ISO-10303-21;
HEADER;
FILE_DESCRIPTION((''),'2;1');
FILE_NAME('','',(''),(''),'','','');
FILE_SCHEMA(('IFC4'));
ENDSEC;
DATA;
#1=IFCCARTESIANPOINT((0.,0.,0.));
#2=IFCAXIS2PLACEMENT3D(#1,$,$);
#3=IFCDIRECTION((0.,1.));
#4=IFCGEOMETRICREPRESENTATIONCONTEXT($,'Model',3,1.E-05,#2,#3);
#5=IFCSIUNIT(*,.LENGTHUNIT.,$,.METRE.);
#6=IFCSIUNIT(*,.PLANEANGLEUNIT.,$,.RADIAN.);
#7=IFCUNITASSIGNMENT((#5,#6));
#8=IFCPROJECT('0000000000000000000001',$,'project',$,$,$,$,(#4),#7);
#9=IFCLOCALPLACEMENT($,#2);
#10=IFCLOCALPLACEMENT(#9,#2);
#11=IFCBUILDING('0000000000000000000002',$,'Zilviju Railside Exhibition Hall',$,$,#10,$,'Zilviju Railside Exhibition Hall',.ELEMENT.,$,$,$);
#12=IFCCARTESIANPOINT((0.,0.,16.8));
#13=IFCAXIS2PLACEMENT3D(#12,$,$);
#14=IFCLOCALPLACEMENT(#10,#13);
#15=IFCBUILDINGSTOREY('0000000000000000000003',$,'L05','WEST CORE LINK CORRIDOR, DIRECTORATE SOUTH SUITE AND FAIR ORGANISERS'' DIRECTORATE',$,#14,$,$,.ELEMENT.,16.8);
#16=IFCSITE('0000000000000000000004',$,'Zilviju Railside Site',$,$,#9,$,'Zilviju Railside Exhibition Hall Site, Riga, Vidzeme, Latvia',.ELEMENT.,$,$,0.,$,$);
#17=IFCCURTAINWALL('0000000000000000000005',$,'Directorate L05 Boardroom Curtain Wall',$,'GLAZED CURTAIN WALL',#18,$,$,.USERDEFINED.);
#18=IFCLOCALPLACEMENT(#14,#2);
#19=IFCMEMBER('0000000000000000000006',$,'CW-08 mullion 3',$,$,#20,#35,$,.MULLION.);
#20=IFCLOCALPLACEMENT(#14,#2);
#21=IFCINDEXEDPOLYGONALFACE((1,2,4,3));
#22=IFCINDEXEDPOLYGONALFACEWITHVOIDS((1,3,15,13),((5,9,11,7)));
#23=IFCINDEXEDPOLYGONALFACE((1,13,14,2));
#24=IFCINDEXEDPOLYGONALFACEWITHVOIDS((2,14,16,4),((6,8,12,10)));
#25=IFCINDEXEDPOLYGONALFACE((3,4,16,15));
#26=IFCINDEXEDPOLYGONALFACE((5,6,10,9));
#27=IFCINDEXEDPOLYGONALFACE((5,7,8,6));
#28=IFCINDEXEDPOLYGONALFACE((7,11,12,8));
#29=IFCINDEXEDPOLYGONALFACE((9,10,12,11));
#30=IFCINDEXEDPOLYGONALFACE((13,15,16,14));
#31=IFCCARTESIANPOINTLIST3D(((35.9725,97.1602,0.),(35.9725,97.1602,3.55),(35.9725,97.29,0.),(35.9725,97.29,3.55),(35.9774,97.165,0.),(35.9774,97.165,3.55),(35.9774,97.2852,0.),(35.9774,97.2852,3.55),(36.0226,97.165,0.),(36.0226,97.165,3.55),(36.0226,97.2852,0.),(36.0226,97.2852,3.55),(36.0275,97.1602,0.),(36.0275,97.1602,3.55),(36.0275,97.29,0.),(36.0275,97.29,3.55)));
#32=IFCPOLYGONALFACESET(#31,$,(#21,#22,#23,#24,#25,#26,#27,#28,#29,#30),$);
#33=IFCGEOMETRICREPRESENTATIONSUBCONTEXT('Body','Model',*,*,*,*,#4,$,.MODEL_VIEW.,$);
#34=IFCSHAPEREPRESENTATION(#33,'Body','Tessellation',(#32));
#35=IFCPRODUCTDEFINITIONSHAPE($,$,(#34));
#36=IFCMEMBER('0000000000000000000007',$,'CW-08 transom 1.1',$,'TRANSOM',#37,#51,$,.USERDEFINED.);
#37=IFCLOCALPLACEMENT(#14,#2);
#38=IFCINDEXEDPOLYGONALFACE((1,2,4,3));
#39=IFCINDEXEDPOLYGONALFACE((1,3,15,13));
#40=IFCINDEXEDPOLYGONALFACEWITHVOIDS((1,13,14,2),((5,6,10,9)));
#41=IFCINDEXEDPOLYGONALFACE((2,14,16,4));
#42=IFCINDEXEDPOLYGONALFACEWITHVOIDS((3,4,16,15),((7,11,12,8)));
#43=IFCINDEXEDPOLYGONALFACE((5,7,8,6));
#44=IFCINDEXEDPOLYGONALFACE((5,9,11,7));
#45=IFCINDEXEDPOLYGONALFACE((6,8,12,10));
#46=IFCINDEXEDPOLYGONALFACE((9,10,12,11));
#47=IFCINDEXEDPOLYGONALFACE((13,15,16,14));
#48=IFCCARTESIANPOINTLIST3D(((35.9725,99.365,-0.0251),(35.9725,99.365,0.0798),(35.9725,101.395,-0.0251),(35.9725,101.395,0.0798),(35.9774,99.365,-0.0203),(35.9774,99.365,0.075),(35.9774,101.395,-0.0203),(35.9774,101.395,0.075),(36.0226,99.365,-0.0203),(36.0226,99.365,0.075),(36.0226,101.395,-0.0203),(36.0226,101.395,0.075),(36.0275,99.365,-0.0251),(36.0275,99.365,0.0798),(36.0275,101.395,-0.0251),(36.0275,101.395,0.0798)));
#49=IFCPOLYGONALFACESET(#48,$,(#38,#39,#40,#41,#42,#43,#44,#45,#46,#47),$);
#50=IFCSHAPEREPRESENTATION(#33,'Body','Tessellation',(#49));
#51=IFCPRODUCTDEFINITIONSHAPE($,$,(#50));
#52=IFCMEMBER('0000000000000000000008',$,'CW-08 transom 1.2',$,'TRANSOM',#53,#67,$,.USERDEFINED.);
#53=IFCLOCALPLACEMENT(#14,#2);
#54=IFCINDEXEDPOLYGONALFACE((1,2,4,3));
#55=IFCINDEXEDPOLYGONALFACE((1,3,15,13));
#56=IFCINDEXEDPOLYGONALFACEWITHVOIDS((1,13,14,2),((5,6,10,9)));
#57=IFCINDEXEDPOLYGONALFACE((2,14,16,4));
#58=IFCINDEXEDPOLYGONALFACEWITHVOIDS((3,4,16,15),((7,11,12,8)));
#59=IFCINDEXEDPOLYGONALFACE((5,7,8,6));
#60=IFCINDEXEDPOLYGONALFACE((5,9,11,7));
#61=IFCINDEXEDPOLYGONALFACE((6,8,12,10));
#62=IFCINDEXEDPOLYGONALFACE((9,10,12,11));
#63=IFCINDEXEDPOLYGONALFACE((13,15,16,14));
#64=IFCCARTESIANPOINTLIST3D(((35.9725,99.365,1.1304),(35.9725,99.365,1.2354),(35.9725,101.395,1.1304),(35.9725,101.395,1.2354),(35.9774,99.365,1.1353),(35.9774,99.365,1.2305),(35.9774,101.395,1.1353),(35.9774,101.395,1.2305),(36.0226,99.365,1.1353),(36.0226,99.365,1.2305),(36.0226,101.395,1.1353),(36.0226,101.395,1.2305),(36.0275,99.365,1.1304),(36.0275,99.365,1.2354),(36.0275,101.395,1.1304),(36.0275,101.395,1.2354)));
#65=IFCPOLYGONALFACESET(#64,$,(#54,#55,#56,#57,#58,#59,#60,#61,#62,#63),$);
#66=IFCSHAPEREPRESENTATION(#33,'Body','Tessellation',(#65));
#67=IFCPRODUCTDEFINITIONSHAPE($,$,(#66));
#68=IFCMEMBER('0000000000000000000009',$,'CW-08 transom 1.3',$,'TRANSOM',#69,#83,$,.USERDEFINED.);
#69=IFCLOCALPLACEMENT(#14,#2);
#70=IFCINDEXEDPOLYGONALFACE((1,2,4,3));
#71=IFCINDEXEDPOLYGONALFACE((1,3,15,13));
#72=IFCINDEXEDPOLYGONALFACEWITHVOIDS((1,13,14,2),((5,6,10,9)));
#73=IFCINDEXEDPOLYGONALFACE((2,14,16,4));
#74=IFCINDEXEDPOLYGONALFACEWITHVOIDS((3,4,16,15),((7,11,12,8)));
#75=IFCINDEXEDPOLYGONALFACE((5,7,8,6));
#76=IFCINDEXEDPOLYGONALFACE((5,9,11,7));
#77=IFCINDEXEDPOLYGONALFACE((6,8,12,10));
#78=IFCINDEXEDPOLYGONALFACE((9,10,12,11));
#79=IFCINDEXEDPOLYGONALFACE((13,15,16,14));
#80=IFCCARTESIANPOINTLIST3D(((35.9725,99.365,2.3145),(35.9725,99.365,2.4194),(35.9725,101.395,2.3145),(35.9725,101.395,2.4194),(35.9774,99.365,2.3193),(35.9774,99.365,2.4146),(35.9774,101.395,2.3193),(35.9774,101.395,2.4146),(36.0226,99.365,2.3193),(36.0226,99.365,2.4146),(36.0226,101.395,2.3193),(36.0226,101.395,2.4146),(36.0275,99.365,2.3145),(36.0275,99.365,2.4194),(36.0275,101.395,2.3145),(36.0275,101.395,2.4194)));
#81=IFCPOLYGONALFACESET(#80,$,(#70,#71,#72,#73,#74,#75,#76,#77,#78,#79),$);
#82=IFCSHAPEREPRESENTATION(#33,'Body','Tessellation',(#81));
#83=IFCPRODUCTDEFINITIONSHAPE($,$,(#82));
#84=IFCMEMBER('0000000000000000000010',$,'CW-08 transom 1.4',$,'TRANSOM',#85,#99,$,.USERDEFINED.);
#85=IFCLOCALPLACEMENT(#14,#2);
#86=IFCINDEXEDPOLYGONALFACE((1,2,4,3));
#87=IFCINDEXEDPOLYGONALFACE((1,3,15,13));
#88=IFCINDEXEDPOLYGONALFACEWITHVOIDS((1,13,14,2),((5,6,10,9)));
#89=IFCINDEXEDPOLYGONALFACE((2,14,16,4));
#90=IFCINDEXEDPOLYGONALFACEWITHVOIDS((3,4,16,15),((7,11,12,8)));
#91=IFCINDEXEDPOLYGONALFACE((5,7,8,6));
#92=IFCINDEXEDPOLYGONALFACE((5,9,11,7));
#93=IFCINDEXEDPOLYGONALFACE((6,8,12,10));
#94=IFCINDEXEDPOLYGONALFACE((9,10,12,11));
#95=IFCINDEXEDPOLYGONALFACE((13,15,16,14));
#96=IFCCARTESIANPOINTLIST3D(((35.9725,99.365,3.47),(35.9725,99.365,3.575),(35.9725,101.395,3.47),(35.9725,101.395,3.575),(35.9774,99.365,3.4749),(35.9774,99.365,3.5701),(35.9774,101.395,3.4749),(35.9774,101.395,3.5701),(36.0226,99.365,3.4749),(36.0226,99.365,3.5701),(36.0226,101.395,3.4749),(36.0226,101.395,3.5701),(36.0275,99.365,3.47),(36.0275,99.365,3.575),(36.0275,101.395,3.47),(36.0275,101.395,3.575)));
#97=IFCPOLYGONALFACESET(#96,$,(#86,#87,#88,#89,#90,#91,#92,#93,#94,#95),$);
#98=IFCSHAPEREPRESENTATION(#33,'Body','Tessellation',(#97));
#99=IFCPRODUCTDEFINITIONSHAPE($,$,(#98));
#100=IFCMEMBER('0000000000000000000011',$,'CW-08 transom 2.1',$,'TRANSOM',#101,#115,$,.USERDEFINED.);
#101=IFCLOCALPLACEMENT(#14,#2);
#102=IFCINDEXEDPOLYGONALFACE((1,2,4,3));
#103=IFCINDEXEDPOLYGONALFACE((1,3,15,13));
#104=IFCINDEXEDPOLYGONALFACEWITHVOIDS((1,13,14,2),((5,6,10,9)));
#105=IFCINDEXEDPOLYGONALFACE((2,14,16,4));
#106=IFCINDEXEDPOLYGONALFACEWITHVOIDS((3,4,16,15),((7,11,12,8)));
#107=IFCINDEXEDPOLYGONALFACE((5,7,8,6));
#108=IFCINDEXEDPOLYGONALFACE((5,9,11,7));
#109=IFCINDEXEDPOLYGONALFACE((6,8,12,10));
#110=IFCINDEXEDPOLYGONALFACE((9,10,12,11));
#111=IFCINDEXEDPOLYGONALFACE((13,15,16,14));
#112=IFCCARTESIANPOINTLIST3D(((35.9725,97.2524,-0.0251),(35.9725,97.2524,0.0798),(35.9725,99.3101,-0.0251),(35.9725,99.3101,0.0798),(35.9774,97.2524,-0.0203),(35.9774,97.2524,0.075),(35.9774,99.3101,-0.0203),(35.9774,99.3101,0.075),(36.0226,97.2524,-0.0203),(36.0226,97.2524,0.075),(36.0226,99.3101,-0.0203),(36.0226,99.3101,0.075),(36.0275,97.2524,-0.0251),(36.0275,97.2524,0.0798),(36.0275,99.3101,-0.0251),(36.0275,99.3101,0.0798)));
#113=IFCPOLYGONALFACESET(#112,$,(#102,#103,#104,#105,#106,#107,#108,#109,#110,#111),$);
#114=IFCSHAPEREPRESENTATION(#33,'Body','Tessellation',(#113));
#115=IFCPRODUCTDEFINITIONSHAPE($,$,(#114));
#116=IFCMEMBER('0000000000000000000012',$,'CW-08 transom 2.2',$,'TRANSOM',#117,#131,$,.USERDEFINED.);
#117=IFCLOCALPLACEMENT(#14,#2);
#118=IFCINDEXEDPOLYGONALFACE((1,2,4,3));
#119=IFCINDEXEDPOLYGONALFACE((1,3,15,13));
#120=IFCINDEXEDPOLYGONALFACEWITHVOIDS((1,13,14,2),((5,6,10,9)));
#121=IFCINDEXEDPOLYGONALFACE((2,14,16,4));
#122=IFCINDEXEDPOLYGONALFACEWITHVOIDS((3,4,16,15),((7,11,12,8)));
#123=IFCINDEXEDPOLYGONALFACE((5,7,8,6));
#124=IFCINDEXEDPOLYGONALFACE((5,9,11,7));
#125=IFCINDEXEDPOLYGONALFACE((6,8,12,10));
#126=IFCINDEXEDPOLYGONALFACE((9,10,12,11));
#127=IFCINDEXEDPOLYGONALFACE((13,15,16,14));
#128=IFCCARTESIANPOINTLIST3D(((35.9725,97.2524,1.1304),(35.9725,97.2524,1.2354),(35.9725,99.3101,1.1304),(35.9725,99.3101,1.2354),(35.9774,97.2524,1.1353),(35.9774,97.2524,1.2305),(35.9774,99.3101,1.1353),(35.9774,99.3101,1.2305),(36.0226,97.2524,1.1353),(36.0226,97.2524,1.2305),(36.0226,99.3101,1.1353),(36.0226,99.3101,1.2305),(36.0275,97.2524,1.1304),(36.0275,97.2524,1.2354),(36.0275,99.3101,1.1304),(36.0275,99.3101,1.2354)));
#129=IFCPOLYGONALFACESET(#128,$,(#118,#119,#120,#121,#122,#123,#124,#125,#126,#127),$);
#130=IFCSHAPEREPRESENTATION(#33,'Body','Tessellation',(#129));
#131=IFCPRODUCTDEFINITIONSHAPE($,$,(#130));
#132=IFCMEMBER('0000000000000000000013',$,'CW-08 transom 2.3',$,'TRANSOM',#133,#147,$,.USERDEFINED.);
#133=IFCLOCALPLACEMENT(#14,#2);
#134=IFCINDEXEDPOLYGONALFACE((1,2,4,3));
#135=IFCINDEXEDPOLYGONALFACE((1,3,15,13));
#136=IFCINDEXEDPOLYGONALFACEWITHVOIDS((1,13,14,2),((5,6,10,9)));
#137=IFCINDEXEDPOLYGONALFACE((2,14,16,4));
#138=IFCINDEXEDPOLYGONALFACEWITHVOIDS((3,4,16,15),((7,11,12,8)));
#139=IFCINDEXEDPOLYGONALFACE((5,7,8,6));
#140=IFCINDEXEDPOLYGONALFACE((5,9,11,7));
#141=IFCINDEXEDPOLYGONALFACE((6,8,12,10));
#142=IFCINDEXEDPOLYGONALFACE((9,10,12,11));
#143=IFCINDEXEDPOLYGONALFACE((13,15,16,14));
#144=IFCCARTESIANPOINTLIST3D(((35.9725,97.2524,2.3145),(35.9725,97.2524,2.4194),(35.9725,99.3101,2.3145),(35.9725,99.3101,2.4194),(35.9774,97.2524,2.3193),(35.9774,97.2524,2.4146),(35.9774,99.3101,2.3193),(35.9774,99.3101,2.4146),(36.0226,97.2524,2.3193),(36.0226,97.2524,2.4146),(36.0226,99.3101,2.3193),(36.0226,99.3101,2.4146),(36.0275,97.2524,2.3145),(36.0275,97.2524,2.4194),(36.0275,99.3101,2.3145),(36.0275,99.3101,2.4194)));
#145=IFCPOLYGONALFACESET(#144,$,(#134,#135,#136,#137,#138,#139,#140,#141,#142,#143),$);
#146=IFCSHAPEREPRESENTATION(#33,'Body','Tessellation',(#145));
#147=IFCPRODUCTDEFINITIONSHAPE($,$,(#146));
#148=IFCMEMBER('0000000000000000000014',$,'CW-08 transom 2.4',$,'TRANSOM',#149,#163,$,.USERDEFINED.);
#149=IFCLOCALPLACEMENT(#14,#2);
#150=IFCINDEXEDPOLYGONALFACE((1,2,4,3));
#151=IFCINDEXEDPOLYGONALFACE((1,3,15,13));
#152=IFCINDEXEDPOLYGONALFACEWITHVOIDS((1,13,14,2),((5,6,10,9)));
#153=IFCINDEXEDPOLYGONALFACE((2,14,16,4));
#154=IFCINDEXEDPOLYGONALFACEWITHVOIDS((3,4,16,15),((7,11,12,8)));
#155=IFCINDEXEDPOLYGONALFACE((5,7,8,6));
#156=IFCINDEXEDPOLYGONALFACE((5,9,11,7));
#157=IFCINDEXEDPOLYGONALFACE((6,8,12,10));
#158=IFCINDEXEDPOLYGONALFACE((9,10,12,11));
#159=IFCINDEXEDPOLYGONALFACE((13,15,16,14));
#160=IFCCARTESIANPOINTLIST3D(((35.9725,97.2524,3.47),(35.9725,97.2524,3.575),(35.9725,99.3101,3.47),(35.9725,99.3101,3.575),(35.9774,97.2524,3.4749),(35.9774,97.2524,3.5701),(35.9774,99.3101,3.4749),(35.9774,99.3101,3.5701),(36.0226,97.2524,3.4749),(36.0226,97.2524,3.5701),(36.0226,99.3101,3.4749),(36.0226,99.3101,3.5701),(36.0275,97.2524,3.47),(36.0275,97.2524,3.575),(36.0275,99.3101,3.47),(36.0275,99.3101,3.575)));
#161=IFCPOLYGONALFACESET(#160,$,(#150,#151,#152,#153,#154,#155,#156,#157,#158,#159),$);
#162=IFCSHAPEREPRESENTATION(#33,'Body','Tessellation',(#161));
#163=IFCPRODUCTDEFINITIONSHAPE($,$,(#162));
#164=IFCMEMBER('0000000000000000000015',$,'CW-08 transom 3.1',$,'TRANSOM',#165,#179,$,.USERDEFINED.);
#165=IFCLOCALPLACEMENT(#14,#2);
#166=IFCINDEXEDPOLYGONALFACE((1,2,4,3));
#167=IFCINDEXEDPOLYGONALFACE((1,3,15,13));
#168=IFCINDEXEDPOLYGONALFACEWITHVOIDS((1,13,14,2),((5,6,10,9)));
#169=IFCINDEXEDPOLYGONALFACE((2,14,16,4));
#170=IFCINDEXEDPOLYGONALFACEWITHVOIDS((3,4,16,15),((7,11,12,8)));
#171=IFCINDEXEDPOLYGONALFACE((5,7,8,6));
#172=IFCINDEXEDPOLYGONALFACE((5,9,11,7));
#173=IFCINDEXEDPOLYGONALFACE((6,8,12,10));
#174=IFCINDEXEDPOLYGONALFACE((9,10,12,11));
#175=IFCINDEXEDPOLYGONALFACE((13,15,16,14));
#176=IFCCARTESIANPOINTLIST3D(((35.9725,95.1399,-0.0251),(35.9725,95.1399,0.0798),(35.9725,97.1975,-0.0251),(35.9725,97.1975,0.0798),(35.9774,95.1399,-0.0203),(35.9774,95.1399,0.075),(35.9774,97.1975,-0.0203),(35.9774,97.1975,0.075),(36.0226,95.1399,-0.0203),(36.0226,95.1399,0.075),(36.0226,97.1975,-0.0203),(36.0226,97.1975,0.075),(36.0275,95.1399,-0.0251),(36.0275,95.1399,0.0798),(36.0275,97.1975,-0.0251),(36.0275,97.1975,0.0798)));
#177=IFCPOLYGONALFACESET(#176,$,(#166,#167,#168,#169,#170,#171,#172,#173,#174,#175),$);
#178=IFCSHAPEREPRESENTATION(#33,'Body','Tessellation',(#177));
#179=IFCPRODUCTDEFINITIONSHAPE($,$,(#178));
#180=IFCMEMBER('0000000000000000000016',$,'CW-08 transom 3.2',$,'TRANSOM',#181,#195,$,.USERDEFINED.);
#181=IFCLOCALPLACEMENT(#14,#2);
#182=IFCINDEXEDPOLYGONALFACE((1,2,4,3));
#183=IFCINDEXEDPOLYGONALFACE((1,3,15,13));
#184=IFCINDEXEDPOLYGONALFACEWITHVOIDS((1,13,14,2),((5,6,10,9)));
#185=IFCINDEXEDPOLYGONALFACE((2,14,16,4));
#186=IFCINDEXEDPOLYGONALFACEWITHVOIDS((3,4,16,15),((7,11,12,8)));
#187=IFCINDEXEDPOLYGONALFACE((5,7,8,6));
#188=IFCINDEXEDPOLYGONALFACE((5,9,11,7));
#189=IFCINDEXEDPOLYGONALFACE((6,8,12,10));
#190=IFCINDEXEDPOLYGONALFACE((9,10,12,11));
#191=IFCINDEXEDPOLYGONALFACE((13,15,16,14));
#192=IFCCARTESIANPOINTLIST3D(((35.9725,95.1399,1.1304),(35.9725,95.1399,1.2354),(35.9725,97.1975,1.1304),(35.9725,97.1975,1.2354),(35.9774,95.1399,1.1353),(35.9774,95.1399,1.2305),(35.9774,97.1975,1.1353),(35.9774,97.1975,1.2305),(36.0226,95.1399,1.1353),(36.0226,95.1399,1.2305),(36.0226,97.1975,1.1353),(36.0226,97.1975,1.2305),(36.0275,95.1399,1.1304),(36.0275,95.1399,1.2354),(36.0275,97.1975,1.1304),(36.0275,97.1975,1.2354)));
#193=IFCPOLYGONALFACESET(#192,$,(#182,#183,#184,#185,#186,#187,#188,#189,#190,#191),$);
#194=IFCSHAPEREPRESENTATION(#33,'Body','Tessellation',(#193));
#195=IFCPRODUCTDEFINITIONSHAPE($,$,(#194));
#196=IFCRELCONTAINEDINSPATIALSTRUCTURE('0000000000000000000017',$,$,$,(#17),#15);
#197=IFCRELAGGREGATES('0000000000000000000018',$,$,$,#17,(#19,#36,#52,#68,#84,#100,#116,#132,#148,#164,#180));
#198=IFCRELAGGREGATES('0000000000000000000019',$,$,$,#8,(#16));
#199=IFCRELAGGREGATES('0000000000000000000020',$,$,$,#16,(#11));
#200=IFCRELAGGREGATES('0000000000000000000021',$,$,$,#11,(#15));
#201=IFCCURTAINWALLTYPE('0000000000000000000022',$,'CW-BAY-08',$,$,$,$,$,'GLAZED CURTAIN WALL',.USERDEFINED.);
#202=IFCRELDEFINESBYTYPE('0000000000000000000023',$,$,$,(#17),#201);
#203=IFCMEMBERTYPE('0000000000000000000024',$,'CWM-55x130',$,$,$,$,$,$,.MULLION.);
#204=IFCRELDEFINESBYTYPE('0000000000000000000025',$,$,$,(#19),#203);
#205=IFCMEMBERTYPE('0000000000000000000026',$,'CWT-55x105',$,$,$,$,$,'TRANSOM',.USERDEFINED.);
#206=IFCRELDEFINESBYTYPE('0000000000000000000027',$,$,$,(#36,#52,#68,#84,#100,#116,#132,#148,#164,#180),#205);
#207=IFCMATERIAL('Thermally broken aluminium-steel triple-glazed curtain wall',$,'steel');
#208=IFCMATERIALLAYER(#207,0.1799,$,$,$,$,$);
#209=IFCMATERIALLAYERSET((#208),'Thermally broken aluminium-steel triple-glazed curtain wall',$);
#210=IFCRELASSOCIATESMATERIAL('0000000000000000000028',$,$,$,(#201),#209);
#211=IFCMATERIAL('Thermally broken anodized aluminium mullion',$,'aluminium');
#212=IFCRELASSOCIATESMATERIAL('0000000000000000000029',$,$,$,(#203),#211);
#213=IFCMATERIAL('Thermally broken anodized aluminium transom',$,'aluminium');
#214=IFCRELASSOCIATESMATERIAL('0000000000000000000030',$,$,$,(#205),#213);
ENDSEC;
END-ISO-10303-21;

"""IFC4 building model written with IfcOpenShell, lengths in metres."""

from ifc_helpers import new_model, si_unit, direction, frame, origin, origin_2d, place, context, subcontext, project, spatial, hollow_rectangle, extrude, material, layer, layer_set, material_profile, profile_set, type_object, element, aggregate, save


model = new_model("IFC4")

# Units and contexts
model_context = context("Model", 3, precision=1e-05, world=origin(), true_north=direction((0.0, 1.0)))
body_context = subcontext(model_context, "Body", "Model", "MODEL_VIEW")
ifc_project = project(units=[si_unit("LENGTHUNIT", "METRE"), si_unit("PLANEANGLEUNIT", "RADIAN")], contexts=[model_context])

# Site, building, storey
site_placement = place(None, origin())
site = spatial("IfcSite", under=ifc_project, at=site_placement, Name="Zilviju Railside Site", LongName="Zilviju Railside Exhibition Hall Site, Riga, Vidzeme, Latvia", CompositionType="ELEMENT", RefElevation=0.0)
building_placement = place(site_placement, origin())
building = spatial("IfcBuilding", under=site, at=building_placement, Name="Zilviju Railside Exhibition Hall", LongName="Zilviju Railside Exhibition Hall", CompositionType="ELEMENT")
storey_placement = place(building_placement, frame((0.0, 0.0, 16.8)))
storey = spatial("IfcBuildingStorey", under=building, at=storey_placement, Name="L05", Description="WEST CORE LINK CORRIDOR, DIRECTORATE SOUTH SUITE AND FAIR ORGANISERS' DIRECTORATE", CompositionType="ELEMENT", Elevation=16.8)

# Curtain wall, members
ifc_material_1 = material(Name="Thermally broken aluminium-steel triple-glazed curtain wall", Category="steel")
ifc_layer_1 = layer(ifc_material_1, 0.1799)
ifc_layer_set_1 = layer_set([ifc_layer_1], Name="Thermally broken aluminium-steel triple-glazed curtain wall")
curtain_wall_type = type_object("IfcCurtainWallType", Name="CW-BAY-08", ElementType="GLAZED CURTAIN WALL", PredefinedType="USERDEFINED", material=ifc_layer_set_1)
curtain_wall_placement = place(storey_placement, origin())
curtain_wall = element("IfcCurtainWall", 1, at=curtain_wall_placement, inside=storey, type_object=curtain_wall_type, Name="Directorate L05 Boardroom Curtain Wall", ObjectType="GLAZED CURTAIN WALL", PredefinedType="USERDEFINED")
ifc_material_2 = material(Name="Thermally broken anodized aluminium mullion", Category="aluminium")
ifc_material_profile_1 = material_profile(ifc_material_2, hollow_rectangle(XDim=0.0549, YDim=0.1299, WallThickness=0.0049, at=origin_2d()), Name="MULLION 130x55x5")
ifc_profile_set_1 = profile_set([ifc_material_profile_1], Name="Thermally broken anodized aluminium mullion")
member_type_1 = type_object("IfcMemberType", Name="CWM-55x130", PredefinedType="MULLION", material=ifc_profile_set_1)
member_1_placement = place(storey_placement, frame((36.0, 97.2251, 0.0), z_axis=(0.0, 0.0, 1.0), x_axis=(1.0, 0.0, 0.0)))
member_1 = element("IfcMember", 2, at=member_1_placement, type_object=member_type_1, Name="CW-08 mullion 3", PredefinedType="MULLION", context=body_context, shape_type="SweptSolid", body=[
    extrude(hollow_rectangle(XDim=0.0549, YDim=0.1299, WallThickness=0.0049, at=origin_2d()), origin(), (0.0, 0.0, 1.0), 3.55),
])
ifc_material_3 = material(Name="Thermally broken anodized aluminium transom", Category="aluminium")
ifc_material_profile_2 = material_profile(ifc_material_3, hollow_rectangle(XDim=0.0549, YDim=0.105, WallThickness=0.0049, at=origin_2d()), Name="TRANSOM 105x55x5")
ifc_profile_set_2 = profile_set([ifc_material_profile_2], Name="Thermally broken anodized aluminium transom")
member_type_2 = type_object("IfcMemberType", Name="CWT-55x105", ElementType="TRANSOM", PredefinedType="USERDEFINED", material=ifc_profile_set_2)
member_2_placement = place(storey_placement, frame((36.0, 101.395, 0.0273), z_axis=(0.0, -1.0, 0.0), x_axis=(1.0, 0.0, 0.0)))
member_2 = element("IfcMember", 3, at=member_2_placement, type_object=member_type_2, Name="CW-08 transom 1.1", ObjectType="TRANSOM", PredefinedType="USERDEFINED", context=body_context, shape_type="SweptSolid", body=[
    extrude(hollow_rectangle(XDim=0.0549, YDim=0.105, WallThickness=0.0049, at=origin_2d()), origin(), (0.0, 0.0, 1.0), 2.03),
])
member_3_placement = place(storey_placement, frame((36.0, 101.395, 1.1829), z_axis=(0.0, -1.0, 0.0), x_axis=(1.0, 0.0, 0.0)))
member_3 = element("IfcMember", 4, at=member_3_placement, type_object=member_type_2, Name="CW-08 transom 1.2", ObjectType="TRANSOM", PredefinedType="USERDEFINED", context=body_context, shape_type="SweptSolid", body=[
    extrude(hollow_rectangle(XDim=0.0549, YDim=0.105, WallThickness=0.0049, at=origin_2d()), origin(), (0.0, 0.0, 1.0), 2.03),
])
member_4_placement = place(storey_placement, frame((36.0, 101.395, 2.3669), z_axis=(0.0, -1.0, 0.0), x_axis=(1.0, 0.0, 0.0)))
member_4 = element("IfcMember", 5, at=member_4_placement, type_object=member_type_2, Name="CW-08 transom 1.3", ObjectType="TRANSOM", PredefinedType="USERDEFINED", context=body_context, shape_type="SweptSolid", body=[
    extrude(hollow_rectangle(XDim=0.0549, YDim=0.105, WallThickness=0.0049, at=origin_2d()), origin(), (0.0, 0.0, 1.0), 2.03),
])
member_5_placement = place(storey_placement, frame((36.0, 101.395, 3.5225), z_axis=(0.0, -1.0, 0.0), x_axis=(1.0, 0.0, 0.0)))
member_5 = element("IfcMember", 6, at=member_5_placement, type_object=member_type_2, Name="CW-08 transom 1.4", ObjectType="TRANSOM", PredefinedType="USERDEFINED", context=body_context, shape_type="SweptSolid", body=[
    extrude(hollow_rectangle(XDim=0.0549, YDim=0.105, WallThickness=0.0049, at=origin_2d()), origin(), (0.0, 0.0, 1.0), 2.03),
])
member_6_placement = place(storey_placement, frame((36.0, 99.3101, 0.0273), z_axis=(0.0, -1.0, 0.0), x_axis=(1.0, 0.0, 0.0)))
member_6 = element("IfcMember", 7, at=member_6_placement, type_object=member_type_2, Name="CW-08 transom 2.1", ObjectType="TRANSOM", PredefinedType="USERDEFINED", context=body_context, shape_type="SweptSolid", body=[
    extrude(hollow_rectangle(XDim=0.0549, YDim=0.105, WallThickness=0.0049, at=origin_2d()), origin(), (0.0, 0.0, 1.0), 2.0576),
])
member_7_placement = place(storey_placement, frame((36.0, 99.3101, 1.1829), z_axis=(0.0, -1.0, 0.0), x_axis=(1.0, 0.0, 0.0)))
member_7 = element("IfcMember", 8, at=member_7_placement, type_object=member_type_2, Name="CW-08 transom 2.2", ObjectType="TRANSOM", PredefinedType="USERDEFINED", context=body_context, shape_type="SweptSolid", body=[
    extrude(hollow_rectangle(XDim=0.0549, YDim=0.105, WallThickness=0.0049, at=origin_2d()), origin(), (0.0, 0.0, 1.0), 2.0576),
])
member_8_placement = place(storey_placement, frame((36.0, 99.3101, 2.3669), z_axis=(0.0, -1.0, 0.0), x_axis=(1.0, 0.0, 0.0)))
member_8 = element("IfcMember", 9, at=member_8_placement, type_object=member_type_2, Name="CW-08 transom 2.3", ObjectType="TRANSOM", PredefinedType="USERDEFINED", context=body_context, shape_type="SweptSolid", body=[
    extrude(hollow_rectangle(XDim=0.0549, YDim=0.105, WallThickness=0.0049, at=origin_2d()), origin(), (0.0, 0.0, 1.0), 2.0576),
])
member_9_placement = place(storey_placement, frame((36.0, 99.3101, 3.5225), z_axis=(0.0, -1.0, 0.0), x_axis=(1.0, 0.0, 0.0)))
member_9 = element("IfcMember", 10, at=member_9_placement, type_object=member_type_2, Name="CW-08 transom 2.4", ObjectType="TRANSOM", PredefinedType="USERDEFINED", context=body_context, shape_type="SweptSolid", body=[
    extrude(hollow_rectangle(XDim=0.0549, YDim=0.105, WallThickness=0.0049, at=origin_2d()), origin(), (0.0, 0.0, 1.0), 2.0576),
])
member_10_placement = place(storey_placement, frame((36.0, 97.1975, 0.0273), z_axis=(0.0, -1.0, 0.0), x_axis=(1.0, 0.0, 0.0)))
member_10 = element("IfcMember", 11, at=member_10_placement, type_object=member_type_2, Name="CW-08 transom 3.1", ObjectType="TRANSOM", PredefinedType="USERDEFINED", context=body_context, shape_type="SweptSolid", body=[
    extrude(hollow_rectangle(XDim=0.0549, YDim=0.105, WallThickness=0.0049, at=origin_2d()), origin(), (0.0, 0.0, 1.0), 2.0576),
])
member_11_placement = place(storey_placement, frame((36.0, 97.1975, 1.1829), z_axis=(0.0, -1.0, 0.0), x_axis=(1.0, 0.0, 0.0)))
member_11 = element("IfcMember", 12, at=member_11_placement, type_object=member_type_2, Name="CW-08 transom 3.2", ObjectType="TRANSOM", PredefinedType="USERDEFINED", context=body_context, shape_type="SweptSolid", body=[
    extrude(hollow_rectangle(XDim=0.0549, YDim=0.105, WallThickness=0.0049, at=origin_2d()), origin(), (0.0, 0.0, 1.0), 2.0576),
])
aggregate(curtain_wall, [member_1, member_2, member_3, member_4, member_5, member_6, member_7, member_8, member_9, member_10, member_11])

save(model, "model.ifc")
